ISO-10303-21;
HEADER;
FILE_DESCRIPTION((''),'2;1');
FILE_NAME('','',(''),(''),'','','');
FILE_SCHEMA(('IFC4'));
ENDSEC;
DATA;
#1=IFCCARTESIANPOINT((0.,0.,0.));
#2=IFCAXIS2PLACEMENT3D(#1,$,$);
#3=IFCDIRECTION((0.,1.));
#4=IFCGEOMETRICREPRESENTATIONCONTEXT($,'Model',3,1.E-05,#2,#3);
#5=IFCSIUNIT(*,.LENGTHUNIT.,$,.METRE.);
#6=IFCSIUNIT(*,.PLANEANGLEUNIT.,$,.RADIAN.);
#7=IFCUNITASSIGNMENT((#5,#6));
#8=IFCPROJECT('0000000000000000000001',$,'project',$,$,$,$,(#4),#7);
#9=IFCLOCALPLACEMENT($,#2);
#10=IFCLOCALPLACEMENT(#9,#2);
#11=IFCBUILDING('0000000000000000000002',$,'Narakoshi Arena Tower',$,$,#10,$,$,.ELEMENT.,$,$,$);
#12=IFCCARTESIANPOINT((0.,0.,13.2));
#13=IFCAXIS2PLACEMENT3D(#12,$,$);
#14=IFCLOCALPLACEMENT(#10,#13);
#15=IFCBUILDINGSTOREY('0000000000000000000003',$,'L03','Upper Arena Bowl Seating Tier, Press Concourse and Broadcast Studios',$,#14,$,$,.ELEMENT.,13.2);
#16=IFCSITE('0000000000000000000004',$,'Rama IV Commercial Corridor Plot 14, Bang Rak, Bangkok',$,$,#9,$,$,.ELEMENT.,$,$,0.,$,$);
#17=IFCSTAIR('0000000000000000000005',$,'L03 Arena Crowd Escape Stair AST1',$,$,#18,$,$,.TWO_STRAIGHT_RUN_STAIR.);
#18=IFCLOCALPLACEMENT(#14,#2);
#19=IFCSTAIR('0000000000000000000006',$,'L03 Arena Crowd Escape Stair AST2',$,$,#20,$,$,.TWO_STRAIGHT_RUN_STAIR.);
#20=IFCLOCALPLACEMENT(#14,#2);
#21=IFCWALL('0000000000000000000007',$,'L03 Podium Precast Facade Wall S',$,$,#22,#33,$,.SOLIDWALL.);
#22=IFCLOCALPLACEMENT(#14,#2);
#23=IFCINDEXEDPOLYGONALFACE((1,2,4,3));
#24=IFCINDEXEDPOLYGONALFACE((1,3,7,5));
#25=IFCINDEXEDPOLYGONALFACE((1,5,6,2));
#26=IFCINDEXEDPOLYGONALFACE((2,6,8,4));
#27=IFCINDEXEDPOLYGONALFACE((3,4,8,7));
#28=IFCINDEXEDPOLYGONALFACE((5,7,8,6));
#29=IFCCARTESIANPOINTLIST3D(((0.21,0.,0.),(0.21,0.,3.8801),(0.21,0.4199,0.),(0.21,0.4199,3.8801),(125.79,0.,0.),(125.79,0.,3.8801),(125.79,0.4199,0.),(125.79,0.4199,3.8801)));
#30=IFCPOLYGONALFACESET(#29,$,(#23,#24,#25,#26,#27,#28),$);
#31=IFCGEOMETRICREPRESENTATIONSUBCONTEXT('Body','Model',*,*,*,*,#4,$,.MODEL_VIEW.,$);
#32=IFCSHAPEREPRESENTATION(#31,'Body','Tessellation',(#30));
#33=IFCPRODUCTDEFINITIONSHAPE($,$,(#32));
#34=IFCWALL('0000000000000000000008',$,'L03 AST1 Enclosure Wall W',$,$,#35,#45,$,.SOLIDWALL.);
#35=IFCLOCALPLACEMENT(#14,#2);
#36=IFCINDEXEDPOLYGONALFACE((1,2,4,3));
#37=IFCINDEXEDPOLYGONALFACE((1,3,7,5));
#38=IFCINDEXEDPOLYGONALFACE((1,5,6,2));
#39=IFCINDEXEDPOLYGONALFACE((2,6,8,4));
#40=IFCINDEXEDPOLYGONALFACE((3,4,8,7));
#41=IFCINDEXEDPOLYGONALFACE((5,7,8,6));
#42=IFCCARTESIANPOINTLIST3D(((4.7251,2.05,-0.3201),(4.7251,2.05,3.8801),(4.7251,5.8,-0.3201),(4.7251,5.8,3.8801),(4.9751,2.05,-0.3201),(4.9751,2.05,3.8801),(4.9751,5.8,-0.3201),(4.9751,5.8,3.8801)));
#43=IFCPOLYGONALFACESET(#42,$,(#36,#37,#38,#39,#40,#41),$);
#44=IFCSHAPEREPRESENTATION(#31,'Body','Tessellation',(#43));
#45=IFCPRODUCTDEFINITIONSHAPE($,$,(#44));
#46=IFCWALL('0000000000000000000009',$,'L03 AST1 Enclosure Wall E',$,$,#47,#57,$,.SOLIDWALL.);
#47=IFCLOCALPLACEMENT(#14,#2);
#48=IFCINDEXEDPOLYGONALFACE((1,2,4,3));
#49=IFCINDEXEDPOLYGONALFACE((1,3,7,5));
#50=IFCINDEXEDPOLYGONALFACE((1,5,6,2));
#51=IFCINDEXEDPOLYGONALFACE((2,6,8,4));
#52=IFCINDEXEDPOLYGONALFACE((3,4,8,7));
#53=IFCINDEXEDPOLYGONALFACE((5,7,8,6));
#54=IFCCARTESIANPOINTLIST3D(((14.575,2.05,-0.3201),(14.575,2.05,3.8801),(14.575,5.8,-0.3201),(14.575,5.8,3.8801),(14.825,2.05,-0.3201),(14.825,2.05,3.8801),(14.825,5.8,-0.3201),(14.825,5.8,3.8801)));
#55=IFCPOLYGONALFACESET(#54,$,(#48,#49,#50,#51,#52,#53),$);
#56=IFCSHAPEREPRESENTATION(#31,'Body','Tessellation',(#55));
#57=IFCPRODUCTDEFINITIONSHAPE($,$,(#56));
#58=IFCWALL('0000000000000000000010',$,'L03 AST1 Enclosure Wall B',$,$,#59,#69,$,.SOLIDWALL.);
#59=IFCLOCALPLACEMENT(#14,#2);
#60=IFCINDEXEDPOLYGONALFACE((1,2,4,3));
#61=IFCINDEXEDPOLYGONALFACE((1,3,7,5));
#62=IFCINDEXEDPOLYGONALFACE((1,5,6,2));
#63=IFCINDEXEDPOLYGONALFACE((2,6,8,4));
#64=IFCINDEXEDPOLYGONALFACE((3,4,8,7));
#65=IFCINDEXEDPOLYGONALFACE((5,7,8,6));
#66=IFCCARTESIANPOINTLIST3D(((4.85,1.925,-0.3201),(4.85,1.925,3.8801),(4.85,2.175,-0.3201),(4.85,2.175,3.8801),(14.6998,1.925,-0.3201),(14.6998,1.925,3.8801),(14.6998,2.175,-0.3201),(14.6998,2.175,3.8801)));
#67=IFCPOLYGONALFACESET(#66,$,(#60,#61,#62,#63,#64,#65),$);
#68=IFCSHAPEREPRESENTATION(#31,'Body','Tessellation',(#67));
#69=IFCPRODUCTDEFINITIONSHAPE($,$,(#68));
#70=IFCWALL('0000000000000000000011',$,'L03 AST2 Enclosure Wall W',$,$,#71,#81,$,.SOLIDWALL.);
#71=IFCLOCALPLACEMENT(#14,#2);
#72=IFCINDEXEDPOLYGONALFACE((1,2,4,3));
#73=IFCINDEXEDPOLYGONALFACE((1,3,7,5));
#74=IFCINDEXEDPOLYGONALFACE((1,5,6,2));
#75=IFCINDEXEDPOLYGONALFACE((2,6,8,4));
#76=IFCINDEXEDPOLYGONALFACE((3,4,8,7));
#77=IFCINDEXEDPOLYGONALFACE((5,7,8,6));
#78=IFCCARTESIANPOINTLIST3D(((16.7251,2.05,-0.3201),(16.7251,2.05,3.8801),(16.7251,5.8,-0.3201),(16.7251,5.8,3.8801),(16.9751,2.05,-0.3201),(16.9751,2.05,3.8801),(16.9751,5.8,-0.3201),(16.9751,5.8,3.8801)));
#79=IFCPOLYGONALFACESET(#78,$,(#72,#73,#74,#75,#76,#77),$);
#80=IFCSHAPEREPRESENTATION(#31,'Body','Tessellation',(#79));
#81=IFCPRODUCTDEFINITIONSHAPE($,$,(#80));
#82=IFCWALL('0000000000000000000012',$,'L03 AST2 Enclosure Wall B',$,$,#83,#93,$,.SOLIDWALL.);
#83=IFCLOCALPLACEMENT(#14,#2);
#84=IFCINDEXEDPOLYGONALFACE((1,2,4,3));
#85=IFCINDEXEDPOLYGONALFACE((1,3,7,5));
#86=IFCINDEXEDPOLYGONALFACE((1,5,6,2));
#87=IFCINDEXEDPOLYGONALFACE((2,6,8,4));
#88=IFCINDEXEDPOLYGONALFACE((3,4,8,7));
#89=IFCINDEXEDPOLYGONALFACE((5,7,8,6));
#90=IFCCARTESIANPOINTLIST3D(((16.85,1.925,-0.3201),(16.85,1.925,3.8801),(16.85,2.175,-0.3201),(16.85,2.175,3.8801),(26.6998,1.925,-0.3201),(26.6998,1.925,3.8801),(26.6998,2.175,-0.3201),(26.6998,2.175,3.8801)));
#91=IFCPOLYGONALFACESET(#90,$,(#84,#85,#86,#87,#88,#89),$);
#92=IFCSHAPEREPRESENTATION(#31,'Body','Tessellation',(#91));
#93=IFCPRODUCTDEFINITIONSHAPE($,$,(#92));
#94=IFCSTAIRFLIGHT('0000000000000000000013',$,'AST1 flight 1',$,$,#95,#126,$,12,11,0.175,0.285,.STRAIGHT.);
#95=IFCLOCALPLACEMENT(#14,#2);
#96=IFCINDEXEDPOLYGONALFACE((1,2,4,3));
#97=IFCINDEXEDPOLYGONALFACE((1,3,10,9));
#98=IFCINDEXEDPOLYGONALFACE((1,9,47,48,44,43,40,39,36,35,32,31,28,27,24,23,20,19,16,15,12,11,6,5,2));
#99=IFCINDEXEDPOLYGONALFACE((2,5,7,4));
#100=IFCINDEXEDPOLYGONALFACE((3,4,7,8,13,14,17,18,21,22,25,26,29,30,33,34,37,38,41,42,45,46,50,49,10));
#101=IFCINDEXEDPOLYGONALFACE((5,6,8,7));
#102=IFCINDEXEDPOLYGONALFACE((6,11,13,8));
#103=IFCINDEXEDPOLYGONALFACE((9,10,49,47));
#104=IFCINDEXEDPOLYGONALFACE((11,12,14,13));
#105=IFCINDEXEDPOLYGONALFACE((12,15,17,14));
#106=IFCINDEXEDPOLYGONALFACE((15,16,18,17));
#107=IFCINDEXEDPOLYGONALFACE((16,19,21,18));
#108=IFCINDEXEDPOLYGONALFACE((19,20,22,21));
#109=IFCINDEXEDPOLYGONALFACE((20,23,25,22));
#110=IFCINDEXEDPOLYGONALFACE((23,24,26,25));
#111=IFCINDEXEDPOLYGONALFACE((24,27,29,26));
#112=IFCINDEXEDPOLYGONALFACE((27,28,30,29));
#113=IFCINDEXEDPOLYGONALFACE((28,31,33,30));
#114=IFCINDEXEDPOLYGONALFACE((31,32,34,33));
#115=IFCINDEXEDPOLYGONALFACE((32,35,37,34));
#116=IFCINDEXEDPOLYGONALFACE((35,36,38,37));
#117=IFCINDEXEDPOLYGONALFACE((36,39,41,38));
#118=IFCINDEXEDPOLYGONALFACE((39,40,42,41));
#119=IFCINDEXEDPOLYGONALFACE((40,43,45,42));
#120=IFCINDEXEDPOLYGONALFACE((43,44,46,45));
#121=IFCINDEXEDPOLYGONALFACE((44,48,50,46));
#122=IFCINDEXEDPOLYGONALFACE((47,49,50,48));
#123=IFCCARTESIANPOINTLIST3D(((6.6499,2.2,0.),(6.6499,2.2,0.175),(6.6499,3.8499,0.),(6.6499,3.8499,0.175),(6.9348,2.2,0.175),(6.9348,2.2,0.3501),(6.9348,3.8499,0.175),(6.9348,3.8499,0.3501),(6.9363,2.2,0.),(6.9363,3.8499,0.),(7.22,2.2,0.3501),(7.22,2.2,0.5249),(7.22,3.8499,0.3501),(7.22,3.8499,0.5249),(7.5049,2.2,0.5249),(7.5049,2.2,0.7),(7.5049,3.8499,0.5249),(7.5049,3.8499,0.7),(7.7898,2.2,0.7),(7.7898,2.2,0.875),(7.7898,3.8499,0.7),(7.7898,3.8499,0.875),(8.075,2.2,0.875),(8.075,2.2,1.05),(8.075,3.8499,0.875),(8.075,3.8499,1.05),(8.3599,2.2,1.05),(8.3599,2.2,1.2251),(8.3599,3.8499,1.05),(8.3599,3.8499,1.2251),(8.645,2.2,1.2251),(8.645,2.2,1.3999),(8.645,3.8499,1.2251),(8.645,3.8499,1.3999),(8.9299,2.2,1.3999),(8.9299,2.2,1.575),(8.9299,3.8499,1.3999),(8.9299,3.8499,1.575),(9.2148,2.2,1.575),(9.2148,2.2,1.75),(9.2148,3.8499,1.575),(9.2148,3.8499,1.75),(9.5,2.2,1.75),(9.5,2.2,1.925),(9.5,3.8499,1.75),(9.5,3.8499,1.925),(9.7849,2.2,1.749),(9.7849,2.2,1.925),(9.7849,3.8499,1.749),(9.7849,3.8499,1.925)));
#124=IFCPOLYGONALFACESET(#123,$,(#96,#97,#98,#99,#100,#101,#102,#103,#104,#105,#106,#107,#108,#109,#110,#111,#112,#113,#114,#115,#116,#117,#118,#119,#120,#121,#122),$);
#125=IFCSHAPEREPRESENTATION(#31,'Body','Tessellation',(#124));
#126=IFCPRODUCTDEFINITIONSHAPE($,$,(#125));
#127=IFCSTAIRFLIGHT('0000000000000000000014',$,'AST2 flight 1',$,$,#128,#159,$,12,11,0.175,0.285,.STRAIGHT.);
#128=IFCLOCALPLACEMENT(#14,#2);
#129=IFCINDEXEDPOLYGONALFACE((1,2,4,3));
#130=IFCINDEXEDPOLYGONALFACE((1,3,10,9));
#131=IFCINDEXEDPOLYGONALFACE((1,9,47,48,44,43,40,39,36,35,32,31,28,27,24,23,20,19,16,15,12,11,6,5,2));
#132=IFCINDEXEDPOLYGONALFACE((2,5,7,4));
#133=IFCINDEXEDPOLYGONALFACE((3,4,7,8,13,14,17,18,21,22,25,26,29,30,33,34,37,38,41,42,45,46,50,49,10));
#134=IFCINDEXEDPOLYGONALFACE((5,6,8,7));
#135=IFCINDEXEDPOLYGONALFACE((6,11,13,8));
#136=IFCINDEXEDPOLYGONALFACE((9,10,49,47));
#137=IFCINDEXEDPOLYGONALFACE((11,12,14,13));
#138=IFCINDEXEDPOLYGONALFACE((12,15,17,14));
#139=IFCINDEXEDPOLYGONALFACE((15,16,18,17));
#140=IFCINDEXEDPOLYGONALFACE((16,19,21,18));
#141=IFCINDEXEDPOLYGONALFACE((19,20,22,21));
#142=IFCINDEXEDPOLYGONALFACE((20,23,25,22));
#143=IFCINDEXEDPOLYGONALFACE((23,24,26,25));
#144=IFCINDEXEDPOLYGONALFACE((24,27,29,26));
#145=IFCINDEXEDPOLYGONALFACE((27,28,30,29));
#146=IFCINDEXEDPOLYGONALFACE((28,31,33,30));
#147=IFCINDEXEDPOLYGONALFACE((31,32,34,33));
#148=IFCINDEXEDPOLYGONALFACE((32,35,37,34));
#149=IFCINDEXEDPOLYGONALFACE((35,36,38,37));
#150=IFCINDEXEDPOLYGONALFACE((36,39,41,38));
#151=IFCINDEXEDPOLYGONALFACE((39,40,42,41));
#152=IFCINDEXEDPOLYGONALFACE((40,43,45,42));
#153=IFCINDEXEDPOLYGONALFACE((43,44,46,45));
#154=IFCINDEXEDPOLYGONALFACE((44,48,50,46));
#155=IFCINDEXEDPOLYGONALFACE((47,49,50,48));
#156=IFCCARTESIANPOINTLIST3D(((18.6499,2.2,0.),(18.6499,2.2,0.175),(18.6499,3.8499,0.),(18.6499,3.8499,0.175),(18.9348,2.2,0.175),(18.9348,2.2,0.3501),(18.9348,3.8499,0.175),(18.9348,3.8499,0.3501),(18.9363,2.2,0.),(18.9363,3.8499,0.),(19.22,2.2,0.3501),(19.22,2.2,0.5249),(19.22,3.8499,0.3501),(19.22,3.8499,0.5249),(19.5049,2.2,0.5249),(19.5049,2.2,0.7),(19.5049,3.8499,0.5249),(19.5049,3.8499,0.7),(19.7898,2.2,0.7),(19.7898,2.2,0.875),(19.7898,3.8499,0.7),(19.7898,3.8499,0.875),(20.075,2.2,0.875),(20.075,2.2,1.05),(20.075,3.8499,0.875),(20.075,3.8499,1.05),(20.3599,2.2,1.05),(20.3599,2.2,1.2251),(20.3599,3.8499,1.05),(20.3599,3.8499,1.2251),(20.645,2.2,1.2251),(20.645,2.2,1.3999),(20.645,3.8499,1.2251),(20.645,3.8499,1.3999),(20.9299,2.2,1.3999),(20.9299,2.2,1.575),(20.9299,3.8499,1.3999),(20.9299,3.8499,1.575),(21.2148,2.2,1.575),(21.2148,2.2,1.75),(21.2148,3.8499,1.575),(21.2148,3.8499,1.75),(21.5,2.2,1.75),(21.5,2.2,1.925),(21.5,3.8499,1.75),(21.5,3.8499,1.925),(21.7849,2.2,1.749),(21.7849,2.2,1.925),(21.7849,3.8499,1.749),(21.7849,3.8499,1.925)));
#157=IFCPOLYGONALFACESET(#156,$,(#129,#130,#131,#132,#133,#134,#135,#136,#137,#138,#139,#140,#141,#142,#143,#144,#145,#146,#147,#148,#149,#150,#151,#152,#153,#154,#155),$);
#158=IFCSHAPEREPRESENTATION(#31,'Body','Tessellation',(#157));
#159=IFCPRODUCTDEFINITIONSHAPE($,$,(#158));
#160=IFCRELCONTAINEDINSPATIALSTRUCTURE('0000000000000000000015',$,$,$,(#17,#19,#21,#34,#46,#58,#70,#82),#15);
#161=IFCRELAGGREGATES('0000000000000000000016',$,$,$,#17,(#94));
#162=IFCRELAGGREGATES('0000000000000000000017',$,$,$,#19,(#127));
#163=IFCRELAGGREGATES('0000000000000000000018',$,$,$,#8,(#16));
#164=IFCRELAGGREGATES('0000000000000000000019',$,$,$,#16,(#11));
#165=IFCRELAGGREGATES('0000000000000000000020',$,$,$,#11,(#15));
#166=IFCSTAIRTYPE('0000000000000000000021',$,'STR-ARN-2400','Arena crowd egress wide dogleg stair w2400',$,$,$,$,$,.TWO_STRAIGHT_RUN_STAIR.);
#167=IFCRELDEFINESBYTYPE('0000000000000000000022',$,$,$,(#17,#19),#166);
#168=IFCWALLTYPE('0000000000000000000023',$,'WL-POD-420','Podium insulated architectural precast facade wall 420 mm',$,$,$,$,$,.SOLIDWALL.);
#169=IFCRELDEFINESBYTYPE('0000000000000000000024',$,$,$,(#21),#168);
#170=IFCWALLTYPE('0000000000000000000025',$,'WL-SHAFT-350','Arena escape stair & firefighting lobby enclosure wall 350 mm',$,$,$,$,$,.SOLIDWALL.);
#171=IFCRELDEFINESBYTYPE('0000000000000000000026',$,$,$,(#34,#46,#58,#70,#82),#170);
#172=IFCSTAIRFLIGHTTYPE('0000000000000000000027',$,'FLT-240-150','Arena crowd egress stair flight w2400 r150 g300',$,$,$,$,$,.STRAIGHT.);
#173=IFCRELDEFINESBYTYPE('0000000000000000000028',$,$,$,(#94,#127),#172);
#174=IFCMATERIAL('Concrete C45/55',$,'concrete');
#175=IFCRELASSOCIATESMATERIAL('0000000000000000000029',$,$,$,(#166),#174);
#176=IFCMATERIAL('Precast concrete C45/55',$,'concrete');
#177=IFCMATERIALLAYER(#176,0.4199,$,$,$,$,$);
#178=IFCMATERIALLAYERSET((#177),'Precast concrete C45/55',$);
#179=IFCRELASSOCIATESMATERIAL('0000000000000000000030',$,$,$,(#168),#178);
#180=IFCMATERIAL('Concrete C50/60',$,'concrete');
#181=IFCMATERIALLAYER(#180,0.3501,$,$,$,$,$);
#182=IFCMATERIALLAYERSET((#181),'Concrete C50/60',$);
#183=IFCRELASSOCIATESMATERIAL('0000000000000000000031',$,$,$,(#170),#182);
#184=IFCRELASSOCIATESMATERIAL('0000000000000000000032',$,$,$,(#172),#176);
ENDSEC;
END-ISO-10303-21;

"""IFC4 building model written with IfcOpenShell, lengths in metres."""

from ifc_helpers import new_model, si_unit, direction, frame, frame_2d, origin, place, context, subcontext, project, spatial, polyline, rectangle, outline, extrude, material, layer, layer_set, type_object, element, aggregate, save


model = new_model("IFC4")

# Units and contexts
model_context = context("Model", 3, precision=1e-05, world=origin(), true_north=direction((0.0, 1.0)))
body_context = subcontext(model_context, "Body", "Model", "MODEL_VIEW")
ifc_project = project(units=[si_unit("LENGTHUNIT", "METRE"), si_unit("PLANEANGLEUNIT", "RADIAN")], contexts=[model_context])

# Site, building, storey
site_placement = place(None, origin())
site = spatial("IfcSite", under=ifc_project, at=site_placement, Name="Rama IV Commercial Corridor Plot 14, Bang Rak, Bangkok", CompositionType="ELEMENT", RefElevation=0.0)
building_placement = place(site_placement, origin())
building = spatial("IfcBuilding", under=site, at=building_placement, Name="Narakoshi Arena Tower", CompositionType="ELEMENT")
storey_placement = place(building_placement, frame((0.0, 0.0, 13.2)))
storey = spatial("IfcBuildingStorey", under=building, at=storey_placement, Name="L03", Description="Upper Arena Bowl Seating Tier, Press Concourse and Broadcast Studios", CompositionType="ELEMENT", Elevation=13.2)

# Shared definitions
ifc_material_1 = material(Name="Precast concrete C45/55", Category="concrete")

# Stairs
ifc_material_2 = material(Name="Concrete C45/55", Category="concrete")
stair_type_1 = type_object("IfcStairType", Name="STR-ARN-2400", Description="Arena crowd egress wide dogleg stair w2400", PredefinedType="TWO_STRAIGHT_RUN_STAIR", material=ifc_material_2)
stair_1_placement = place(storey_placement, origin())
stair_1 = element("IfcStair", 1, at=stair_1_placement, inside=storey, type_object=stair_type_1, Name="L03 Arena Crowd Escape Stair AST1", PredefinedType="TWO_STRAIGHT_RUN_STAIR")
stair_2_placement = place(storey_placement, origin())
stair_2 = element("IfcStair", 2, at=stair_2_placement, inside=storey, type_object=stair_type_1, Name="L03 Arena Crowd Escape Stair AST2", PredefinedType="TWO_STRAIGHT_RUN_STAIR")

# Walls
ifc_layer_1 = layer(ifc_material_1, 0.4199)
ifc_layer_set_1 = layer_set([ifc_layer_1], Name="Precast concrete C45/55")
wall_type_1 = type_object("IfcWallType", Name="WL-POD-420", Description="Podium insulated architectural precast facade wall 420 mm", PredefinedType="SOLIDWALL", material=ifc_layer_set_1)
wall_1_placement = place(storey_placement, frame((0.21, 0.21, 0.0), z_axis=(0.0, 0.0, 1.0), x_axis=(1.0, 0.0, 0.0)))
element("IfcWall", 3, at=wall_1_placement, inside=storey, type_object=wall_type_1, Name="L03 Podium Precast Facade Wall S", PredefinedType="SOLIDWALL", context=body_context, shape_type="SweptSolid", body=[
    extrude(rectangle(XDim=125.5801, YDim=0.4199, at=frame_2d((62.79, 0.0))), origin(), (0.0, 0.0, 1.0), 3.8801),
])
ifc_material_3 = material(Name="Concrete C50/60", Category="concrete")
ifc_layer_2 = layer(ifc_material_3, 0.3501)
ifc_layer_set_2 = layer_set([ifc_layer_2], Name="Concrete C50/60")
wall_type_2 = type_object("IfcWallType", Name="WL-SHAFT-350", Description="Arena escape stair & firefighting lobby enclosure wall 350 mm", PredefinedType="SOLIDWALL", material=ifc_layer_set_2)
for number, where, z_axis, x_axis, name in (
    (4, (4.8501, 2.05, -0.3201), (0.0, 0.0, 1.0), (0.0, 1.0, 0.0), "L03 AST1 Enclosure Wall W"),
    (5, (14.7, 2.05, -0.3201), (0.0, 0.0, 1.0), (0.0, 1.0, 0.0), "L03 AST1 Enclosure Wall E"),
):
    element("IfcWall", number, at=place(storey_placement, frame(where, z_axis=z_axis, x_axis=x_axis)), inside=storey, type_object=wall_type_2, Name=name, PredefinedType="SOLIDWALL", context=body_context, shape_type="SweptSolid", body=[
        extrude(rectangle(XDim=3.75, YDim=0.25, at=frame_2d((1.875, 0.0))), origin(), (0.0, 0.0, 1.0), 4.2002),
    ])
wall_2_placement = place(storey_placement, frame((4.8501, 2.05, -0.3201), z_axis=(0.0, 0.0, 1.0), x_axis=(1.0, 0.0, 0.0)))
element("IfcWall", 6, at=wall_2_placement, inside=storey, type_object=wall_type_2, Name="L03 AST1 Enclosure Wall B", PredefinedType="SOLIDWALL", context=body_context, shape_type="SweptSolid", body=[
    extrude(rectangle(XDim=9.8499, YDim=0.25, at=frame_2d((4.9248, 0.0))), origin(), (0.0, 0.0, 1.0), 4.2002),
])
wall_3_placement = place(storey_placement, frame((16.8501, 2.05, -0.3201), z_axis=(0.0, 0.0, 1.0), x_axis=(0.0, 1.0, 0.0)))
element("IfcWall", 7, at=wall_3_placement, inside=storey, type_object=wall_type_2, Name="L03 AST2 Enclosure Wall W", PredefinedType="SOLIDWALL", context=body_context, shape_type="SweptSolid", body=[
    extrude(rectangle(XDim=3.75, YDim=0.25, at=frame_2d((1.875, 0.0))), origin(), (0.0, 0.0, 1.0), 4.2002),
])
wall_4_placement = place(storey_placement, frame((16.8501, 2.05, -0.3201), z_axis=(0.0, 0.0, 1.0), x_axis=(1.0, 0.0, 0.0)))
element("IfcWall", 8, at=wall_4_placement, inside=storey, type_object=wall_type_2, Name="L03 AST2 Enclosure Wall B", PredefinedType="SOLIDWALL", context=body_context, shape_type="SweptSolid", body=[
    extrude(rectangle(XDim=9.8499, YDim=0.25, at=frame_2d((4.9248, 0.0))), origin(), (0.0, 0.0, 1.0), 4.2002),
])

# Stair flights
stair_flight_type = type_object("IfcStairFlightType", Name="FLT-240-150", Description="Arena crowd egress stair flight w2400 r150 g300", PredefinedType="STRAIGHT", material=ifc_material_1)
stair_flight_1_placement = place(storey_placement, frame((6.6499, 3.0249, 0.0), z_axis=(0.0, 0.0, 1.0), x_axis=(1.0, 0.0, 0.0)))
stair_flight_1 = element("IfcStairFlight", 9, at=stair_flight_1_placement, type_object=stair_flight_type, Name="AST1 flight 1", NumberOfRisers=12, NumberOfTreads=11, PredefinedType="STRAIGHT", RiserHeight=0.175, TreadLength=0.285, context=body_context, shape_type="SweptSolid", body=[
    extrude(outline(polyline([(0.0, 0.0), (0.0, 0.175), (0.2849, 0.175), (0.2849, 0.3501), (0.5701, 0.3501), (0.5701, 0.5249), (0.855, 0.5249), (0.855, 0.7), (1.1399, 0.7), (1.1399, 0.875), (1.425, 0.875), (1.425, 1.05), (1.71, 1.05), (1.71, 1.2251), (1.9951, 1.2251), (1.9951, 1.3999), (2.28, 1.3999), (2.28, 1.575), (2.5649, 1.575), (2.5649, 1.75), (2.8501, 1.75), (2.8501, 1.925), (3.135, 1.925), (3.135, 2.1001), (3.135, 1.749), (0.2864, 0.0), (0.0, 0.0)])), frame((0.0, 0.825, 0.0), z_axis=(0.0, -1.0, 0.0), x_axis=(1.0, 0.0, 0.0)), (0.0, 0.0, 1.0), 1.6499),
])
aggregate(stair_1, [stair_flight_1])
stair_flight_2_placement = place(storey_placement, frame((18.6499, 3.0249, 0.0), z_axis=(0.0, 0.0, 1.0), x_axis=(1.0, 0.0, 0.0)))
stair_flight_2 = element("IfcStairFlight", 10, at=stair_flight_2_placement, type_object=stair_flight_type, Name="AST2 flight 1", NumberOfRisers=12, NumberOfTreads=11, PredefinedType="STRAIGHT", RiserHeight=0.175, TreadLength=0.285, context=body_context, shape_type="SweptSolid", body=[
    extrude(outline(polyline([(0.0, 0.0), (0.0, 0.175), (0.2849, 0.175), (0.2849, 0.3501), (0.5701, 0.3501), (0.5701, 0.5249), (0.855, 0.5249), (0.855, 0.7), (1.1399, 0.7), (1.1399, 0.875), (1.425, 0.875), (1.425, 1.05), (1.71, 1.05), (1.71, 1.2251), (1.9951, 1.2251), (1.9951, 1.3999), (2.28, 1.3999), (2.28, 1.575), (2.5649, 1.575), (2.5649, 1.75), (2.8501, 1.75), (2.8501, 1.925), (3.135, 1.925), (3.135, 2.1001), (3.135, 1.749), (0.2864, 0.0), (0.0, 0.0)])), frame((0.0, 0.825, 0.0), z_axis=(0.0, -1.0, 0.0), x_axis=(1.0, 0.0, 0.0)), (0.0, 0.0, 1.0), 1.6499),
])
aggregate(stair_2, [stair_flight_2])

save(model, "model.ifc")
